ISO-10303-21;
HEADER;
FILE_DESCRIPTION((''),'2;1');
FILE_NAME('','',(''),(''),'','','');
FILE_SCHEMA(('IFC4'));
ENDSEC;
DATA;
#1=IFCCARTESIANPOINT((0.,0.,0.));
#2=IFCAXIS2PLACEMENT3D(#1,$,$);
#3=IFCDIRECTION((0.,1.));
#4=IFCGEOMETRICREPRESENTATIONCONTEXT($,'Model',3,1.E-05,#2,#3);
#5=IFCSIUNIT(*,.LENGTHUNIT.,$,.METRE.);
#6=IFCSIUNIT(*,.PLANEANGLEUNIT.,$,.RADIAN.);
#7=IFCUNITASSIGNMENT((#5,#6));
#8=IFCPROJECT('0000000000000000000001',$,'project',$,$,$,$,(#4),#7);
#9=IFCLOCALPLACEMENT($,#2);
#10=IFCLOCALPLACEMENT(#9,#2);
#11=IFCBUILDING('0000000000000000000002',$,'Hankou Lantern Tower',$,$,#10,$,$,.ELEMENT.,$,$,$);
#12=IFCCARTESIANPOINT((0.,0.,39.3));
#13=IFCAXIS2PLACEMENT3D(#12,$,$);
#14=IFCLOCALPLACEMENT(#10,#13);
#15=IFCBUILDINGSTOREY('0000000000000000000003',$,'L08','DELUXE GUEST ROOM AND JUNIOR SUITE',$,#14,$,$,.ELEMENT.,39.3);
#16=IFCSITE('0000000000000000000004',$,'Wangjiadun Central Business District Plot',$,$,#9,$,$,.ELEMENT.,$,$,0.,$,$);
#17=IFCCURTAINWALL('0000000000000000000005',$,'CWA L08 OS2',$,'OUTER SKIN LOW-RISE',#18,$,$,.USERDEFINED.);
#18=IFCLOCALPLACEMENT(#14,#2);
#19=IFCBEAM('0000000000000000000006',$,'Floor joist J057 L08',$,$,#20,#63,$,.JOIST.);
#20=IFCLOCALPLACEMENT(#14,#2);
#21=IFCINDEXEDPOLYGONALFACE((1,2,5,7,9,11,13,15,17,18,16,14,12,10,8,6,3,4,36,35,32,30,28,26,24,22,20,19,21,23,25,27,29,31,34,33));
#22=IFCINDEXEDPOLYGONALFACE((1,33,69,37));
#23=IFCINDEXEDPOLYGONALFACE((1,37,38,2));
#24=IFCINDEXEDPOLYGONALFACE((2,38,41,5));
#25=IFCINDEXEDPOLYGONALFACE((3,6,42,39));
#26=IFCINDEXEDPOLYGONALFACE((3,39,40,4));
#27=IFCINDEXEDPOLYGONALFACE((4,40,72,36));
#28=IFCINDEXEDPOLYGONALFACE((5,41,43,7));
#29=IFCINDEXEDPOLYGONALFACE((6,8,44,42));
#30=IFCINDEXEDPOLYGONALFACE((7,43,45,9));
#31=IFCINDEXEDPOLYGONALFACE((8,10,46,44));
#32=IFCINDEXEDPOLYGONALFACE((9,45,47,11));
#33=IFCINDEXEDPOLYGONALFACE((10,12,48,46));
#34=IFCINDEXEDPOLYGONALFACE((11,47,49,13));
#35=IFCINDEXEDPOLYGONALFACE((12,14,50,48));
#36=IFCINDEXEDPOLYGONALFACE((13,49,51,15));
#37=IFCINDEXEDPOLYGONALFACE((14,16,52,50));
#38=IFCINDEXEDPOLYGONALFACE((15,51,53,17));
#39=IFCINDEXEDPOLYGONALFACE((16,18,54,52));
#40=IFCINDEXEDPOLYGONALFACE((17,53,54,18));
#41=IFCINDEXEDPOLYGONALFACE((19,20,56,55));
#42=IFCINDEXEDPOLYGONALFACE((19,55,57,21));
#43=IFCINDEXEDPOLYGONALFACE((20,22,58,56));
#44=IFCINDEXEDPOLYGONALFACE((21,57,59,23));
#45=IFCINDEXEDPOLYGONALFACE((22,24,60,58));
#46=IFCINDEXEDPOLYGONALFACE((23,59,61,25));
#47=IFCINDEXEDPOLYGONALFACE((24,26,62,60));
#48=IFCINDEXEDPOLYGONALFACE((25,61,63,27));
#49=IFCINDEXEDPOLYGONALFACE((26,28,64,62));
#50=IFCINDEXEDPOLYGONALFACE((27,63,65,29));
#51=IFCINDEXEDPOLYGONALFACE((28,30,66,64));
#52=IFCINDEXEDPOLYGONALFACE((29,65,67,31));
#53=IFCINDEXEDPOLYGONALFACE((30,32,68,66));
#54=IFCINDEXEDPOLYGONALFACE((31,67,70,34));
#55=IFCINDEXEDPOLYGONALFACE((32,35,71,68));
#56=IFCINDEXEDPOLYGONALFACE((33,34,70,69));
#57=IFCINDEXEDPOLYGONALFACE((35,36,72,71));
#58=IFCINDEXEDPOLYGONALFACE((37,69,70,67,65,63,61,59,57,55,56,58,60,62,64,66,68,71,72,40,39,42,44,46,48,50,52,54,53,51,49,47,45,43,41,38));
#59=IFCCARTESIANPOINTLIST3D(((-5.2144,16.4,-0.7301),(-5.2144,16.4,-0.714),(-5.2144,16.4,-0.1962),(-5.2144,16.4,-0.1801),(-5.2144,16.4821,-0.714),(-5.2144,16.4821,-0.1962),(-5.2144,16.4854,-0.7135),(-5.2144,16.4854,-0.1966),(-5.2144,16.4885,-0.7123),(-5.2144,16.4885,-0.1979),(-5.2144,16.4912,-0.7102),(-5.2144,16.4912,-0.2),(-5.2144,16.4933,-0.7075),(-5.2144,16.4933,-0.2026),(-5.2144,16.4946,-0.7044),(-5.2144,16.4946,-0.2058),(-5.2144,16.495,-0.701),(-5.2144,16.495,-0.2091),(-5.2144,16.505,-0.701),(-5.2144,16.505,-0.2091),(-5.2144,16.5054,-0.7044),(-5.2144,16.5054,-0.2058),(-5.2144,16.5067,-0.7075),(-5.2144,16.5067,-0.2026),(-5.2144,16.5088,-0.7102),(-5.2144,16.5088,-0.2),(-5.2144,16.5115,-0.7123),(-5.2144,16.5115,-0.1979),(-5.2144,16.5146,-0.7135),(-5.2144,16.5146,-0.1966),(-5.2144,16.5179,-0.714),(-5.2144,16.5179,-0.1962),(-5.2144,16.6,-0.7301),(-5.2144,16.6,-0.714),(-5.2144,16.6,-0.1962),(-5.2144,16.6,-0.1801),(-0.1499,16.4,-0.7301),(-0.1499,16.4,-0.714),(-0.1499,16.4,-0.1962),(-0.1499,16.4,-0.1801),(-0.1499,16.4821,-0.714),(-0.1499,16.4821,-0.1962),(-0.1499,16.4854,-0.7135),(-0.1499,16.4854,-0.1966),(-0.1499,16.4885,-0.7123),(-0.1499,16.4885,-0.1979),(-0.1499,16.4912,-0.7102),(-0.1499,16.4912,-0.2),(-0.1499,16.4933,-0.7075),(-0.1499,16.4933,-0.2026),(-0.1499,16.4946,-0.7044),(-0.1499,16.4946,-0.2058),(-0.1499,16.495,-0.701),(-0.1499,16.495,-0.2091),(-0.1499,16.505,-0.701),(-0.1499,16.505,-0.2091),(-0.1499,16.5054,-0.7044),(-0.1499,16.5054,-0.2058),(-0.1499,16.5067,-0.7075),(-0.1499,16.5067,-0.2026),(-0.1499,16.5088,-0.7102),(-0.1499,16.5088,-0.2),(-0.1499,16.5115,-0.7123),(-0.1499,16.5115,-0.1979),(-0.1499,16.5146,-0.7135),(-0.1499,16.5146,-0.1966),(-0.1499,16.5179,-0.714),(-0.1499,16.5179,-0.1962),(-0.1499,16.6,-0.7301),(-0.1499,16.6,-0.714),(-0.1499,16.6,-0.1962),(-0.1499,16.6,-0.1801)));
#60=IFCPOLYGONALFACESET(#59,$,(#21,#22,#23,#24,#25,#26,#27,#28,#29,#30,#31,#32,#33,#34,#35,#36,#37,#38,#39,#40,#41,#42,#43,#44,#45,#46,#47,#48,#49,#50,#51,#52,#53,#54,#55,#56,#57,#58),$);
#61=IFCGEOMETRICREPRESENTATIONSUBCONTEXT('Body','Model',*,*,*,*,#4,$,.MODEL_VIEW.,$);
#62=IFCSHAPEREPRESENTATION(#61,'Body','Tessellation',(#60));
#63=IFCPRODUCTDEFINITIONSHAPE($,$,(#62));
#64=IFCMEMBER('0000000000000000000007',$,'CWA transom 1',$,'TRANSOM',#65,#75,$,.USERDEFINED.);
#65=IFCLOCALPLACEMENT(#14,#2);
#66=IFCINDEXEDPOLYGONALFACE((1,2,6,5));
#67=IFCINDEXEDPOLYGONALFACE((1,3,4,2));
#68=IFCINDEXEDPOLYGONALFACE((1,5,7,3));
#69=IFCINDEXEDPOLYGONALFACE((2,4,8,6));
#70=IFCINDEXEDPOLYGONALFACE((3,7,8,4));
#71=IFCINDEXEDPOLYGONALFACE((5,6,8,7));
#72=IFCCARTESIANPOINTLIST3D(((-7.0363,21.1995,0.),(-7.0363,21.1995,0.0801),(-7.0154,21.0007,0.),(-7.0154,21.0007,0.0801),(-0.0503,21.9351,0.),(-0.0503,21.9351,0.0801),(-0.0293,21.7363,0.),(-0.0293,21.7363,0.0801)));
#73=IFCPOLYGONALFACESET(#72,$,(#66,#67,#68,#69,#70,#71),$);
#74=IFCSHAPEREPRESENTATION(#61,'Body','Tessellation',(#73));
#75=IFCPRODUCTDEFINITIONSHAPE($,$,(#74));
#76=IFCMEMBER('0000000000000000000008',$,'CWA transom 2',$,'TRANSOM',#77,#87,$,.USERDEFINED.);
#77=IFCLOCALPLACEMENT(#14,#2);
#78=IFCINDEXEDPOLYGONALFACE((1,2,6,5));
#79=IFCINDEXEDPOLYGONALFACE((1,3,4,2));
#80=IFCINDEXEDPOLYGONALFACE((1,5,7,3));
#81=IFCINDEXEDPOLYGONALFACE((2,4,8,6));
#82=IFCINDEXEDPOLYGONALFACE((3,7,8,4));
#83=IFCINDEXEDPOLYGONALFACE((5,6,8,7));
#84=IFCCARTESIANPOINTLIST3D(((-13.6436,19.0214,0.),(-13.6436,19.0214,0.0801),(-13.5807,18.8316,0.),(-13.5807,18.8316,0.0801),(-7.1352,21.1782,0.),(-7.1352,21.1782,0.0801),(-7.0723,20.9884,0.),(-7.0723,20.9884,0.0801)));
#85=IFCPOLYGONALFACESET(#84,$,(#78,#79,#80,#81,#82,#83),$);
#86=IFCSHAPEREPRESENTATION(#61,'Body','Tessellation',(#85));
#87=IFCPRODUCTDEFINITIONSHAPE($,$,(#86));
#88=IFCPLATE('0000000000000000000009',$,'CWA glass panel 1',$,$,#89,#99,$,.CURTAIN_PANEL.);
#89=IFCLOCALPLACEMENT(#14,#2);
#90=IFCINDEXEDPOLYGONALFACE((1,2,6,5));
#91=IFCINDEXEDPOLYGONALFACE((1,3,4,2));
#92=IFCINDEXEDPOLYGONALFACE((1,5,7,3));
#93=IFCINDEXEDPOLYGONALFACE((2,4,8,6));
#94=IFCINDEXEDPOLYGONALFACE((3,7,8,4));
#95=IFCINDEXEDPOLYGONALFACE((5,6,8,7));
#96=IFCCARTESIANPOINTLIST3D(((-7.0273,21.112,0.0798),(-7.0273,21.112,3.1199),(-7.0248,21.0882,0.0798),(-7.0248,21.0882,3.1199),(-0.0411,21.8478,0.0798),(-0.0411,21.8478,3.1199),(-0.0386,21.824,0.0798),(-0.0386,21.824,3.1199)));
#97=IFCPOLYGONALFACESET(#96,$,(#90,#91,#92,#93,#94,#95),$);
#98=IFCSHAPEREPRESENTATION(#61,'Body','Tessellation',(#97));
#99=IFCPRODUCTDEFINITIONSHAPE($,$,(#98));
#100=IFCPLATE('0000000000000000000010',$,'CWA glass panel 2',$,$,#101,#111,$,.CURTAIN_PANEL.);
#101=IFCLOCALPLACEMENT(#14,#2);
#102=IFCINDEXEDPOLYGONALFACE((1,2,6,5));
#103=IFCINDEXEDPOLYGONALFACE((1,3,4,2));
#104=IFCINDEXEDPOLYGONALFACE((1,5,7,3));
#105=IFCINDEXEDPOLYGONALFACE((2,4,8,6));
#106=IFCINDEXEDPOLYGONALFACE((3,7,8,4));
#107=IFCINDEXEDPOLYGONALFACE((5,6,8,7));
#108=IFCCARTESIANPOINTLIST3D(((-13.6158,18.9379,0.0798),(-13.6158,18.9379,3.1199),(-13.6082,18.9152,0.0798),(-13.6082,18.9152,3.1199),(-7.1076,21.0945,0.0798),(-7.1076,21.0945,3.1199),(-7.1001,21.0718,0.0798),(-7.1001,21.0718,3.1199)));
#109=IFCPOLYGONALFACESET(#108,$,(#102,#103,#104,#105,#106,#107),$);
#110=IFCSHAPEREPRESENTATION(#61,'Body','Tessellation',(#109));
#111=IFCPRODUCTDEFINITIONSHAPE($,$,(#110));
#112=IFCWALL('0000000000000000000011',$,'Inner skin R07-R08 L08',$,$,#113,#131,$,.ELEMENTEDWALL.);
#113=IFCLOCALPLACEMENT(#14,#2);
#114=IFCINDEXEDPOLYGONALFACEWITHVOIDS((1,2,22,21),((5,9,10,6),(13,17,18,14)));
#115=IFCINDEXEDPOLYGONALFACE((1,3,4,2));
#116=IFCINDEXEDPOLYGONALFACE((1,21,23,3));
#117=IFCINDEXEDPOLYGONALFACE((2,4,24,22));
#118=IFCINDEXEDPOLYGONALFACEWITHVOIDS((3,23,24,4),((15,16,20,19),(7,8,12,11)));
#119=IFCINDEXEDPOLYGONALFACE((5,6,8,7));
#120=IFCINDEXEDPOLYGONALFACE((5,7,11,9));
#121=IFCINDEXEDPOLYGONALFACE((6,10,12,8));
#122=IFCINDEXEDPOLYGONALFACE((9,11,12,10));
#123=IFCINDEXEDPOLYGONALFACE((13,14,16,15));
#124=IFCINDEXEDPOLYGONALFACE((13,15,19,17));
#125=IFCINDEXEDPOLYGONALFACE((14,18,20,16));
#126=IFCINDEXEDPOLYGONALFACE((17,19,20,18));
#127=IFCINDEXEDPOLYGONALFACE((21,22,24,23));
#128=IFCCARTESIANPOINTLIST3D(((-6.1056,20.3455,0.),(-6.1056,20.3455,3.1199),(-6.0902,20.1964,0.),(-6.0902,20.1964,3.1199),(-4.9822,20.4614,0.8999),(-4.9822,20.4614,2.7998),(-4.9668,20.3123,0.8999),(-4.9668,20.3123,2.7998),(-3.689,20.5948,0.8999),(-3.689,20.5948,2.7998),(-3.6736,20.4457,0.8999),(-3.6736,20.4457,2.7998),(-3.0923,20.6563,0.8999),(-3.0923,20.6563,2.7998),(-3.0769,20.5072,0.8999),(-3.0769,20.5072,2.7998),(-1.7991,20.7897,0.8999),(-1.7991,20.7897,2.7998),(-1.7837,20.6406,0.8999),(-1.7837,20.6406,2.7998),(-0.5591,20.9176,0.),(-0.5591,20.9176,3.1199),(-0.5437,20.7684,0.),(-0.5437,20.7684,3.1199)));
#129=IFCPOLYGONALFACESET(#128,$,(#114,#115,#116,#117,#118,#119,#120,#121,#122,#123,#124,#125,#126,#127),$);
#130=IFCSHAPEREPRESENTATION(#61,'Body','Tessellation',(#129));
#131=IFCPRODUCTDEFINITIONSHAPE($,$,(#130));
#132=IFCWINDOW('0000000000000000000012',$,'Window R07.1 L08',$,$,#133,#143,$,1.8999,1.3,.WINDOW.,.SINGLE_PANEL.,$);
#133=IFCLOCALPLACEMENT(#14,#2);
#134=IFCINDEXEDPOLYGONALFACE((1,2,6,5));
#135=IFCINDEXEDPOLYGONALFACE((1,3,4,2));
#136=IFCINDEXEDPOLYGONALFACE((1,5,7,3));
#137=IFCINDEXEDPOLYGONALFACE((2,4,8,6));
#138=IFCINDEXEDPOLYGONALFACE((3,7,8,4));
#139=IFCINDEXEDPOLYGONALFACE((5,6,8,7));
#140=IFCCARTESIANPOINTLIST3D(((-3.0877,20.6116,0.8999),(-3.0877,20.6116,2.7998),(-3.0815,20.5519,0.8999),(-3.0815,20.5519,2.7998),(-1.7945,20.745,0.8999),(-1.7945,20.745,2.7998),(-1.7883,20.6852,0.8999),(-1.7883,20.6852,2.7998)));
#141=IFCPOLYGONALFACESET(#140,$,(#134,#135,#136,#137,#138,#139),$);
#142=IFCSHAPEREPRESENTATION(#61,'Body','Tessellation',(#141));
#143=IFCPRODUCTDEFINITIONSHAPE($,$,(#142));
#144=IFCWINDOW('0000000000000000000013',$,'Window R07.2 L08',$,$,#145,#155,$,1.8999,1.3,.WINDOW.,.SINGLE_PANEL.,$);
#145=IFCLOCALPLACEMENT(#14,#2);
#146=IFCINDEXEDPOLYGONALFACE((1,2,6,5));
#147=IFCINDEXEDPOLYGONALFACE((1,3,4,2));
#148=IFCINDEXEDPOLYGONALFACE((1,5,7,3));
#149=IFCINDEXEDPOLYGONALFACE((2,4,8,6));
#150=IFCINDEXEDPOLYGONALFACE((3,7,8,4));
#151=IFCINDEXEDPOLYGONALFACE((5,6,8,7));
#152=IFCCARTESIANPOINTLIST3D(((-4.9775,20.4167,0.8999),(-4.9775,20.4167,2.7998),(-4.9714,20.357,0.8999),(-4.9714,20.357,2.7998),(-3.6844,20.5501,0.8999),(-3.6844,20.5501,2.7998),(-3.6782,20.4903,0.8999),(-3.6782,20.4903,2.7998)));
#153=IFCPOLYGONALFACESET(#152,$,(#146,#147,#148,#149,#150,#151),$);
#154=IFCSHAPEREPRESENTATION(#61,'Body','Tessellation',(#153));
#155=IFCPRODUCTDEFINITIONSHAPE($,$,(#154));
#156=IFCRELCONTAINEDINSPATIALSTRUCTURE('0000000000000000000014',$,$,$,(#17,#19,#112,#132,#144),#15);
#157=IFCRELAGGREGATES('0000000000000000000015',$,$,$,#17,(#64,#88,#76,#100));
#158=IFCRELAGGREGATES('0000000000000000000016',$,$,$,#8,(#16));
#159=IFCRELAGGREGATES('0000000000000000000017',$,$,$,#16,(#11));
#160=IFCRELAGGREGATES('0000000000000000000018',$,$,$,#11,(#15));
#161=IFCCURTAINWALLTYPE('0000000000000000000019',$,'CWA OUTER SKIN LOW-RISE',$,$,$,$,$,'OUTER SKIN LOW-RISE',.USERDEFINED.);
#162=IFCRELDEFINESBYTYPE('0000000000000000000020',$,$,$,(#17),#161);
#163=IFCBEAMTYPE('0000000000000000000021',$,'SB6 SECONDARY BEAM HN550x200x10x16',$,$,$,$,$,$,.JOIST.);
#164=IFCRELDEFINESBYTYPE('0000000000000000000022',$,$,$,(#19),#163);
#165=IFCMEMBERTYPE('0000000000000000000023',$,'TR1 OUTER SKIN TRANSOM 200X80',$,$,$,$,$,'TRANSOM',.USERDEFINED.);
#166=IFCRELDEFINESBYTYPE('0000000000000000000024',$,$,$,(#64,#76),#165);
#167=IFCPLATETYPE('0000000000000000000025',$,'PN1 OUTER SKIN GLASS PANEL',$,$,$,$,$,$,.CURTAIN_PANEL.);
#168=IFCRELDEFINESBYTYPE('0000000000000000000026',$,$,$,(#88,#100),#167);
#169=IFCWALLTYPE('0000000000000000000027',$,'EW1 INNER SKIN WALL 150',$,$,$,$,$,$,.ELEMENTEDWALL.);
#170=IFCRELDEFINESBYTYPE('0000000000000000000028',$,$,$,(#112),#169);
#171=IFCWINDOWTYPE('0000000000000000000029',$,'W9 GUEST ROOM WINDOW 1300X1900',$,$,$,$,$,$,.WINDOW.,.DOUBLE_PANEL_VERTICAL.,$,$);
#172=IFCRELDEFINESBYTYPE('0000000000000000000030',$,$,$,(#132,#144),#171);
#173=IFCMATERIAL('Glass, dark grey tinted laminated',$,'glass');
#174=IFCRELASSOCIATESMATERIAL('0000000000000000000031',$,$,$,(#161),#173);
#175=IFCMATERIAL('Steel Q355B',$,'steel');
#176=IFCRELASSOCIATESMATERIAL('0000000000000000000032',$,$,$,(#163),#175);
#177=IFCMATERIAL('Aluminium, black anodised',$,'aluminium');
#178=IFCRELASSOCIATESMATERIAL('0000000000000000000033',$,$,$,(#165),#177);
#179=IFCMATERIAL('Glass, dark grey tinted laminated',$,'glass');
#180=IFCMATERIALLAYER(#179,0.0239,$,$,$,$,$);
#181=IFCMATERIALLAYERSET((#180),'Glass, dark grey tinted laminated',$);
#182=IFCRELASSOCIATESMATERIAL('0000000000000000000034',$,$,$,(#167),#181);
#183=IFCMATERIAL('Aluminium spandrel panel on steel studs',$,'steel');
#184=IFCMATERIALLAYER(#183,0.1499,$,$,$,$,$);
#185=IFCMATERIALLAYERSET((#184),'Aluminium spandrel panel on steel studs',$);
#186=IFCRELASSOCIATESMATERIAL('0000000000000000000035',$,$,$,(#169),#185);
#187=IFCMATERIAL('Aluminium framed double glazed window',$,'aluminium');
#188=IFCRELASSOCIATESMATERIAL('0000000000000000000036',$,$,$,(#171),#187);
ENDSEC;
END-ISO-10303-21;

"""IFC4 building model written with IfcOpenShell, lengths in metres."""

from ifc_helpers import new_model, si_unit, direction, frame, frame_2d, origin, origin_2d, place, context, subcontext, project, spatial, rectangle, i_section, extrude, material, layer, layer_set, material_profile, profile_set, type_object, element, fill, aggregate, save


model = new_model("IFC4")

# Units and contexts
model_context = context("Model", 3, precision=1e-05, world=origin(), true_north=direction((0.0, 1.0)))
body_context = subcontext(model_context, "Body", "Model", "MODEL_VIEW")
ifc_project = project(units=[si_unit("LENGTHUNIT", "METRE"), si_unit("PLANEANGLEUNIT", "RADIAN")], contexts=[model_context])

# Site, building, storey
site_placement = place(None, origin())
site = spatial("IfcSite", under=ifc_project, at=site_placement, Name="Wangjiadun Central Business District Plot", CompositionType="ELEMENT", RefElevation=0.0)
building_placement = place(site_placement, origin())
building = spatial("IfcBuilding", under=site, at=building_placement, Name="Hankou Lantern Tower", CompositionType="ELEMENT")
storey_placement = place(building_placement, frame((0.0, 0.0, 39.3)))
storey = spatial("IfcBuildingStorey", under=building, at=storey_placement, Name="L08", Description="DELUXE GUEST ROOM AND JUNIOR SUITE", CompositionType="ELEMENT", Elevation=39.3)

# Curtain wall
ifc_material_1 = material(Name="Glass, dark grey tinted laminated", Category="glass")
curtain_wall_type = type_object("IfcCurtainWallType", Name="CWA OUTER SKIN LOW-RISE", ElementType="OUTER SKIN LOW-RISE", PredefinedType="USERDEFINED", material=ifc_material_1)
curtain_wall_placement = place(storey_placement, origin())
curtain_wall = element("IfcCurtainWall", 1, at=curtain_wall_placement, inside=storey, type_object=curtain_wall_type, Name="CWA L08 OS2", ObjectType="OUTER SKIN LOW-RISE", PredefinedType="USERDEFINED")

# Beam
ifc_material_2 = material(Name="Steel Q355B", Category="steel")
ifc_material_profile_1 = material_profile(ifc_material_2, i_section(OverallWidth=0.2, OverallDepth=0.55, WebThickness=0.01, FlangeThickness=0.0161, FilletRadius=0.0129, at=origin_2d()), Name="HN550x200x10x16")
ifc_profile_set_1 = profile_set([ifc_material_profile_1], Name="Steel Q355B")
beam_type_1 = type_object("IfcBeamType", Name="SB6 SECONDARY BEAM HN550x200x10x16", PredefinedType="JOIST", material=ifc_profile_set_1)
beam_1_placement = place(storey_placement, frame((-5.2144, 16.5, -0.4551), z_axis=(1.0, 0.0, 0.0), x_axis=(0.0, 1.0, 0.0)))
element("IfcBeam", 2, at=beam_1_placement, inside=storey, type_object=beam_type_1, Name="Floor joist J057 L08", PredefinedType="JOIST", context=body_context, shape_type="SweptSolid", body=[
    extrude(i_section(OverallWidth=0.2, OverallDepth=0.55, WebThickness=0.01, FlangeThickness=0.0161, FilletRadius=0.0129, at=origin_2d()), origin(), (0.0, 0.0, 1.0), 5.0645),
])

# Members
ifc_material_3 = material(Name="Aluminium, black anodised", Category="aluminium")
ifc_material_profile_2 = material_profile(ifc_material_3, rectangle(XDim=0.2, YDim=0.0801, at=origin_2d()), Name="TR1 200X80")
ifc_profile_set_2 = profile_set([ifc_material_profile_2], Name="Aluminium, black anodised")
member_type_1 = type_object("IfcMemberType", Name="TR1 OUTER SKIN TRANSOM 200X80", ElementType="TRANSOM", PredefinedType="USERDEFINED", material=ifc_profile_set_2)
member_1_placement = place(storey_placement, frame((-0.0398, 21.8357, 0.04), z_axis=(-0.994502, -0.104716, 0.0), x_axis=(0.104716, -0.994502, 0.0)))
member_1 = element("IfcMember", 3, at=member_1_placement, type_object=member_type_1, Name="CWA transom 1", ObjectType="TRANSOM", PredefinedType="USERDEFINED", context=body_context, shape_type="SweptSolid", body=[
    extrude(rectangle(XDim=0.2, YDim=0.0801, at=origin_2d()), origin(), (0.0, 0.0, 1.0), 7.0247),
])
member_2_placement = place(storey_placement, frame((-7.1038, 21.0833, 0.04), z_axis=(-0.949237, -0.314561, 0.0), x_axis=(0.314561, -0.949237, 0.0)))
member_2 = element("IfcMember", 4, at=member_2_placement, type_object=member_type_1, Name="CWA transom 2", ObjectType="TRANSOM", PredefinedType="USERDEFINED", context=body_context, shape_type="SweptSolid", body=[
    extrude(rectangle(XDim=0.2, YDim=0.0801, at=origin_2d()), origin(), (0.0, 0.0, 1.0), 6.8564),
])

# Plates
ifc_material_4 = material(Name="Glass, dark grey tinted laminated", Category="glass")
ifc_layer_1 = layer(ifc_material_4, 0.0239)
ifc_layer_set_1 = layer_set([ifc_layer_1], Name="Glass, dark grey tinted laminated")
plate_type = type_object("IfcPlateType", Name="PN1 OUTER SKIN GLASS PANEL", PredefinedType="CURTAIN_PANEL", material=ifc_layer_set_1)
plate_1_placement = place(storey_placement, frame((-3.533, 21.468, 0.0798), z_axis=(0.0, 0.0, 1.0), x_axis=(-0.994499, -0.104743, 0.0)))
plate_1 = element("IfcPlate", 5, at=plate_1_placement, type_object=plate_type, Name="CWA glass panel 1", PredefinedType="CURTAIN_PANEL", context=body_context, shape_type="SweptSolid", body=[
    extrude(rectangle(XDim=7.0249, YDim=0.0239, at=origin_2d()), origin(), (0.0, 0.0, 1.0), 3.04),
])
plate_2_placement = place(storey_placement, frame((-10.3579, 20.0049, 0.0798), z_axis=(0.0, 0.0, 1.0), x_axis=(-0.949241, -0.314551, 0.0)))
plate_2 = element("IfcPlate", 6, at=plate_2_placement, type_object=plate_type, Name="CWA glass panel 2", PredefinedType="CURTAIN_PANEL", context=body_context, shape_type="SweptSolid", body=[
    extrude(rectangle(XDim=6.8562, YDim=0.0239, at=origin_2d()), origin(), (0.0, 0.0, 1.0), 3.04),
])
aggregate(curtain_wall, [member_1, plate_1, member_2, plate_2])

# Wall, openings, windows
ifc_material_5 = material(Name="Aluminium spandrel panel on steel studs", Category="steel")
ifc_layer_2 = layer(ifc_material_5, 0.1499)
ifc_layer_set_2 = layer_set([ifc_layer_2], Name="Aluminium spandrel panel on steel studs")
wall_type_1 = type_object("IfcWallType", Name="EW1 INNER SKIN WALL 150", PredefinedType="ELEMENTEDWALL", material=ifc_layer_set_2)
wall_1_placement = place(storey_placement, frame((-0.5513, 20.843, 0.0), z_axis=(0.0, 0.0, 1.0), x_axis=(-0.994724, -0.10259, 0.0)))
wall_1 = element("IfcWall", 7, at=wall_1_placement, inside=storey, type_object=wall_type_1, Name="Inner skin R07-R08 L08", PredefinedType="ELEMENTEDWALL", context=body_context, shape_type="SweptSolid", body=[
    extrude(rectangle(XDim=5.5759, YDim=0.1499, at=frame_2d((2.7881, 0.0))), origin(), (0.0, 0.0, 1.0), 3.1199),
])
opening_1_placement = place(wall_1_placement, frame((1.2468, 0.0, 0.8999)))
opening_1 = element("IfcOpeningElement", 8, at=opening_1_placement, cuts=wall_1, PredefinedType="OPENING", context=body_context, shape_type="SweptSolid", body=[
    extrude(rectangle(XDim=1.3, YDim=1.8999, at=frame_2d((0.6499, 0.95))), frame((0.0, 0.085, 0.0), z_axis=(0.0, -1.0, 0.0), x_axis=(1.0, 0.0, 0.0)), (0.0, 0.0, 1.0), 0.1699),
])
opening_2_placement = place(wall_1_placement, frame((3.1467, 0.0, 0.8999)))
opening_2 = element("IfcOpeningElement", 9, at=opening_2_placement, cuts=wall_1, PredefinedType="OPENING", context=body_context, shape_type="SweptSolid", body=[
    extrude(rectangle(XDim=1.3, YDim=1.8999, at=frame_2d((0.6499, 0.95))), frame((0.0, 0.085, 0.0), z_axis=(0.0, -1.0, 0.0), x_axis=(1.0, 0.0, 0.0)), (0.0, 0.0, 1.0), 0.1699),
])
ifc_material_6 = material(Name="Aluminium framed double glazed window", Category="aluminium")
window_type = type_object("IfcWindowType", Name="W9 GUEST ROOM WINDOW 1300X1900", PartitioningType="DOUBLE_PANEL_VERTICAL", PredefinedType="WINDOW", material=ifc_material_6)
window_1_placement = place(opening_1_placement, origin())
window_1 = element("IfcWindow", 10, at=window_1_placement, inside=storey, type_object=window_type, Name="Window R07.1 L08", OverallHeight=1.8999, OverallWidth=1.3, PartitioningType="SINGLE_PANEL", PredefinedType="WINDOW", context=body_context, shape_type="SweptSolid", body=[
    extrude(rectangle(XDim=1.3, YDim=1.8999, at=frame_2d((0.6499, 0.95))), frame((0.0, 0.03, 0.0), z_axis=(0.0, -1.0, 0.0), x_axis=(1.0, 0.0, 0.0)), (0.0, 0.0, 1.0), 0.0601),
])
fill(opening_1, window_1)
window_2_placement = place(opening_2_placement, origin())
window_2 = element("IfcWindow", 11, at=window_2_placement, inside=storey, type_object=window_type, Name="Window R07.2 L08", OverallHeight=1.8999, OverallWidth=1.3, PartitioningType="SINGLE_PANEL", PredefinedType="WINDOW", context=body_context, shape_type="SweptSolid", body=[
    extrude(rectangle(XDim=1.3, YDim=1.8999, at=frame_2d((0.6499, 0.95))), frame((0.0, 0.03, 0.0), z_axis=(0.0, -1.0, 0.0), x_axis=(1.0, 0.0, 0.0)), (0.0, 0.0, 1.0), 0.0601),
])
fill(opening_2, window_2)

save(model, "model.ifc")
